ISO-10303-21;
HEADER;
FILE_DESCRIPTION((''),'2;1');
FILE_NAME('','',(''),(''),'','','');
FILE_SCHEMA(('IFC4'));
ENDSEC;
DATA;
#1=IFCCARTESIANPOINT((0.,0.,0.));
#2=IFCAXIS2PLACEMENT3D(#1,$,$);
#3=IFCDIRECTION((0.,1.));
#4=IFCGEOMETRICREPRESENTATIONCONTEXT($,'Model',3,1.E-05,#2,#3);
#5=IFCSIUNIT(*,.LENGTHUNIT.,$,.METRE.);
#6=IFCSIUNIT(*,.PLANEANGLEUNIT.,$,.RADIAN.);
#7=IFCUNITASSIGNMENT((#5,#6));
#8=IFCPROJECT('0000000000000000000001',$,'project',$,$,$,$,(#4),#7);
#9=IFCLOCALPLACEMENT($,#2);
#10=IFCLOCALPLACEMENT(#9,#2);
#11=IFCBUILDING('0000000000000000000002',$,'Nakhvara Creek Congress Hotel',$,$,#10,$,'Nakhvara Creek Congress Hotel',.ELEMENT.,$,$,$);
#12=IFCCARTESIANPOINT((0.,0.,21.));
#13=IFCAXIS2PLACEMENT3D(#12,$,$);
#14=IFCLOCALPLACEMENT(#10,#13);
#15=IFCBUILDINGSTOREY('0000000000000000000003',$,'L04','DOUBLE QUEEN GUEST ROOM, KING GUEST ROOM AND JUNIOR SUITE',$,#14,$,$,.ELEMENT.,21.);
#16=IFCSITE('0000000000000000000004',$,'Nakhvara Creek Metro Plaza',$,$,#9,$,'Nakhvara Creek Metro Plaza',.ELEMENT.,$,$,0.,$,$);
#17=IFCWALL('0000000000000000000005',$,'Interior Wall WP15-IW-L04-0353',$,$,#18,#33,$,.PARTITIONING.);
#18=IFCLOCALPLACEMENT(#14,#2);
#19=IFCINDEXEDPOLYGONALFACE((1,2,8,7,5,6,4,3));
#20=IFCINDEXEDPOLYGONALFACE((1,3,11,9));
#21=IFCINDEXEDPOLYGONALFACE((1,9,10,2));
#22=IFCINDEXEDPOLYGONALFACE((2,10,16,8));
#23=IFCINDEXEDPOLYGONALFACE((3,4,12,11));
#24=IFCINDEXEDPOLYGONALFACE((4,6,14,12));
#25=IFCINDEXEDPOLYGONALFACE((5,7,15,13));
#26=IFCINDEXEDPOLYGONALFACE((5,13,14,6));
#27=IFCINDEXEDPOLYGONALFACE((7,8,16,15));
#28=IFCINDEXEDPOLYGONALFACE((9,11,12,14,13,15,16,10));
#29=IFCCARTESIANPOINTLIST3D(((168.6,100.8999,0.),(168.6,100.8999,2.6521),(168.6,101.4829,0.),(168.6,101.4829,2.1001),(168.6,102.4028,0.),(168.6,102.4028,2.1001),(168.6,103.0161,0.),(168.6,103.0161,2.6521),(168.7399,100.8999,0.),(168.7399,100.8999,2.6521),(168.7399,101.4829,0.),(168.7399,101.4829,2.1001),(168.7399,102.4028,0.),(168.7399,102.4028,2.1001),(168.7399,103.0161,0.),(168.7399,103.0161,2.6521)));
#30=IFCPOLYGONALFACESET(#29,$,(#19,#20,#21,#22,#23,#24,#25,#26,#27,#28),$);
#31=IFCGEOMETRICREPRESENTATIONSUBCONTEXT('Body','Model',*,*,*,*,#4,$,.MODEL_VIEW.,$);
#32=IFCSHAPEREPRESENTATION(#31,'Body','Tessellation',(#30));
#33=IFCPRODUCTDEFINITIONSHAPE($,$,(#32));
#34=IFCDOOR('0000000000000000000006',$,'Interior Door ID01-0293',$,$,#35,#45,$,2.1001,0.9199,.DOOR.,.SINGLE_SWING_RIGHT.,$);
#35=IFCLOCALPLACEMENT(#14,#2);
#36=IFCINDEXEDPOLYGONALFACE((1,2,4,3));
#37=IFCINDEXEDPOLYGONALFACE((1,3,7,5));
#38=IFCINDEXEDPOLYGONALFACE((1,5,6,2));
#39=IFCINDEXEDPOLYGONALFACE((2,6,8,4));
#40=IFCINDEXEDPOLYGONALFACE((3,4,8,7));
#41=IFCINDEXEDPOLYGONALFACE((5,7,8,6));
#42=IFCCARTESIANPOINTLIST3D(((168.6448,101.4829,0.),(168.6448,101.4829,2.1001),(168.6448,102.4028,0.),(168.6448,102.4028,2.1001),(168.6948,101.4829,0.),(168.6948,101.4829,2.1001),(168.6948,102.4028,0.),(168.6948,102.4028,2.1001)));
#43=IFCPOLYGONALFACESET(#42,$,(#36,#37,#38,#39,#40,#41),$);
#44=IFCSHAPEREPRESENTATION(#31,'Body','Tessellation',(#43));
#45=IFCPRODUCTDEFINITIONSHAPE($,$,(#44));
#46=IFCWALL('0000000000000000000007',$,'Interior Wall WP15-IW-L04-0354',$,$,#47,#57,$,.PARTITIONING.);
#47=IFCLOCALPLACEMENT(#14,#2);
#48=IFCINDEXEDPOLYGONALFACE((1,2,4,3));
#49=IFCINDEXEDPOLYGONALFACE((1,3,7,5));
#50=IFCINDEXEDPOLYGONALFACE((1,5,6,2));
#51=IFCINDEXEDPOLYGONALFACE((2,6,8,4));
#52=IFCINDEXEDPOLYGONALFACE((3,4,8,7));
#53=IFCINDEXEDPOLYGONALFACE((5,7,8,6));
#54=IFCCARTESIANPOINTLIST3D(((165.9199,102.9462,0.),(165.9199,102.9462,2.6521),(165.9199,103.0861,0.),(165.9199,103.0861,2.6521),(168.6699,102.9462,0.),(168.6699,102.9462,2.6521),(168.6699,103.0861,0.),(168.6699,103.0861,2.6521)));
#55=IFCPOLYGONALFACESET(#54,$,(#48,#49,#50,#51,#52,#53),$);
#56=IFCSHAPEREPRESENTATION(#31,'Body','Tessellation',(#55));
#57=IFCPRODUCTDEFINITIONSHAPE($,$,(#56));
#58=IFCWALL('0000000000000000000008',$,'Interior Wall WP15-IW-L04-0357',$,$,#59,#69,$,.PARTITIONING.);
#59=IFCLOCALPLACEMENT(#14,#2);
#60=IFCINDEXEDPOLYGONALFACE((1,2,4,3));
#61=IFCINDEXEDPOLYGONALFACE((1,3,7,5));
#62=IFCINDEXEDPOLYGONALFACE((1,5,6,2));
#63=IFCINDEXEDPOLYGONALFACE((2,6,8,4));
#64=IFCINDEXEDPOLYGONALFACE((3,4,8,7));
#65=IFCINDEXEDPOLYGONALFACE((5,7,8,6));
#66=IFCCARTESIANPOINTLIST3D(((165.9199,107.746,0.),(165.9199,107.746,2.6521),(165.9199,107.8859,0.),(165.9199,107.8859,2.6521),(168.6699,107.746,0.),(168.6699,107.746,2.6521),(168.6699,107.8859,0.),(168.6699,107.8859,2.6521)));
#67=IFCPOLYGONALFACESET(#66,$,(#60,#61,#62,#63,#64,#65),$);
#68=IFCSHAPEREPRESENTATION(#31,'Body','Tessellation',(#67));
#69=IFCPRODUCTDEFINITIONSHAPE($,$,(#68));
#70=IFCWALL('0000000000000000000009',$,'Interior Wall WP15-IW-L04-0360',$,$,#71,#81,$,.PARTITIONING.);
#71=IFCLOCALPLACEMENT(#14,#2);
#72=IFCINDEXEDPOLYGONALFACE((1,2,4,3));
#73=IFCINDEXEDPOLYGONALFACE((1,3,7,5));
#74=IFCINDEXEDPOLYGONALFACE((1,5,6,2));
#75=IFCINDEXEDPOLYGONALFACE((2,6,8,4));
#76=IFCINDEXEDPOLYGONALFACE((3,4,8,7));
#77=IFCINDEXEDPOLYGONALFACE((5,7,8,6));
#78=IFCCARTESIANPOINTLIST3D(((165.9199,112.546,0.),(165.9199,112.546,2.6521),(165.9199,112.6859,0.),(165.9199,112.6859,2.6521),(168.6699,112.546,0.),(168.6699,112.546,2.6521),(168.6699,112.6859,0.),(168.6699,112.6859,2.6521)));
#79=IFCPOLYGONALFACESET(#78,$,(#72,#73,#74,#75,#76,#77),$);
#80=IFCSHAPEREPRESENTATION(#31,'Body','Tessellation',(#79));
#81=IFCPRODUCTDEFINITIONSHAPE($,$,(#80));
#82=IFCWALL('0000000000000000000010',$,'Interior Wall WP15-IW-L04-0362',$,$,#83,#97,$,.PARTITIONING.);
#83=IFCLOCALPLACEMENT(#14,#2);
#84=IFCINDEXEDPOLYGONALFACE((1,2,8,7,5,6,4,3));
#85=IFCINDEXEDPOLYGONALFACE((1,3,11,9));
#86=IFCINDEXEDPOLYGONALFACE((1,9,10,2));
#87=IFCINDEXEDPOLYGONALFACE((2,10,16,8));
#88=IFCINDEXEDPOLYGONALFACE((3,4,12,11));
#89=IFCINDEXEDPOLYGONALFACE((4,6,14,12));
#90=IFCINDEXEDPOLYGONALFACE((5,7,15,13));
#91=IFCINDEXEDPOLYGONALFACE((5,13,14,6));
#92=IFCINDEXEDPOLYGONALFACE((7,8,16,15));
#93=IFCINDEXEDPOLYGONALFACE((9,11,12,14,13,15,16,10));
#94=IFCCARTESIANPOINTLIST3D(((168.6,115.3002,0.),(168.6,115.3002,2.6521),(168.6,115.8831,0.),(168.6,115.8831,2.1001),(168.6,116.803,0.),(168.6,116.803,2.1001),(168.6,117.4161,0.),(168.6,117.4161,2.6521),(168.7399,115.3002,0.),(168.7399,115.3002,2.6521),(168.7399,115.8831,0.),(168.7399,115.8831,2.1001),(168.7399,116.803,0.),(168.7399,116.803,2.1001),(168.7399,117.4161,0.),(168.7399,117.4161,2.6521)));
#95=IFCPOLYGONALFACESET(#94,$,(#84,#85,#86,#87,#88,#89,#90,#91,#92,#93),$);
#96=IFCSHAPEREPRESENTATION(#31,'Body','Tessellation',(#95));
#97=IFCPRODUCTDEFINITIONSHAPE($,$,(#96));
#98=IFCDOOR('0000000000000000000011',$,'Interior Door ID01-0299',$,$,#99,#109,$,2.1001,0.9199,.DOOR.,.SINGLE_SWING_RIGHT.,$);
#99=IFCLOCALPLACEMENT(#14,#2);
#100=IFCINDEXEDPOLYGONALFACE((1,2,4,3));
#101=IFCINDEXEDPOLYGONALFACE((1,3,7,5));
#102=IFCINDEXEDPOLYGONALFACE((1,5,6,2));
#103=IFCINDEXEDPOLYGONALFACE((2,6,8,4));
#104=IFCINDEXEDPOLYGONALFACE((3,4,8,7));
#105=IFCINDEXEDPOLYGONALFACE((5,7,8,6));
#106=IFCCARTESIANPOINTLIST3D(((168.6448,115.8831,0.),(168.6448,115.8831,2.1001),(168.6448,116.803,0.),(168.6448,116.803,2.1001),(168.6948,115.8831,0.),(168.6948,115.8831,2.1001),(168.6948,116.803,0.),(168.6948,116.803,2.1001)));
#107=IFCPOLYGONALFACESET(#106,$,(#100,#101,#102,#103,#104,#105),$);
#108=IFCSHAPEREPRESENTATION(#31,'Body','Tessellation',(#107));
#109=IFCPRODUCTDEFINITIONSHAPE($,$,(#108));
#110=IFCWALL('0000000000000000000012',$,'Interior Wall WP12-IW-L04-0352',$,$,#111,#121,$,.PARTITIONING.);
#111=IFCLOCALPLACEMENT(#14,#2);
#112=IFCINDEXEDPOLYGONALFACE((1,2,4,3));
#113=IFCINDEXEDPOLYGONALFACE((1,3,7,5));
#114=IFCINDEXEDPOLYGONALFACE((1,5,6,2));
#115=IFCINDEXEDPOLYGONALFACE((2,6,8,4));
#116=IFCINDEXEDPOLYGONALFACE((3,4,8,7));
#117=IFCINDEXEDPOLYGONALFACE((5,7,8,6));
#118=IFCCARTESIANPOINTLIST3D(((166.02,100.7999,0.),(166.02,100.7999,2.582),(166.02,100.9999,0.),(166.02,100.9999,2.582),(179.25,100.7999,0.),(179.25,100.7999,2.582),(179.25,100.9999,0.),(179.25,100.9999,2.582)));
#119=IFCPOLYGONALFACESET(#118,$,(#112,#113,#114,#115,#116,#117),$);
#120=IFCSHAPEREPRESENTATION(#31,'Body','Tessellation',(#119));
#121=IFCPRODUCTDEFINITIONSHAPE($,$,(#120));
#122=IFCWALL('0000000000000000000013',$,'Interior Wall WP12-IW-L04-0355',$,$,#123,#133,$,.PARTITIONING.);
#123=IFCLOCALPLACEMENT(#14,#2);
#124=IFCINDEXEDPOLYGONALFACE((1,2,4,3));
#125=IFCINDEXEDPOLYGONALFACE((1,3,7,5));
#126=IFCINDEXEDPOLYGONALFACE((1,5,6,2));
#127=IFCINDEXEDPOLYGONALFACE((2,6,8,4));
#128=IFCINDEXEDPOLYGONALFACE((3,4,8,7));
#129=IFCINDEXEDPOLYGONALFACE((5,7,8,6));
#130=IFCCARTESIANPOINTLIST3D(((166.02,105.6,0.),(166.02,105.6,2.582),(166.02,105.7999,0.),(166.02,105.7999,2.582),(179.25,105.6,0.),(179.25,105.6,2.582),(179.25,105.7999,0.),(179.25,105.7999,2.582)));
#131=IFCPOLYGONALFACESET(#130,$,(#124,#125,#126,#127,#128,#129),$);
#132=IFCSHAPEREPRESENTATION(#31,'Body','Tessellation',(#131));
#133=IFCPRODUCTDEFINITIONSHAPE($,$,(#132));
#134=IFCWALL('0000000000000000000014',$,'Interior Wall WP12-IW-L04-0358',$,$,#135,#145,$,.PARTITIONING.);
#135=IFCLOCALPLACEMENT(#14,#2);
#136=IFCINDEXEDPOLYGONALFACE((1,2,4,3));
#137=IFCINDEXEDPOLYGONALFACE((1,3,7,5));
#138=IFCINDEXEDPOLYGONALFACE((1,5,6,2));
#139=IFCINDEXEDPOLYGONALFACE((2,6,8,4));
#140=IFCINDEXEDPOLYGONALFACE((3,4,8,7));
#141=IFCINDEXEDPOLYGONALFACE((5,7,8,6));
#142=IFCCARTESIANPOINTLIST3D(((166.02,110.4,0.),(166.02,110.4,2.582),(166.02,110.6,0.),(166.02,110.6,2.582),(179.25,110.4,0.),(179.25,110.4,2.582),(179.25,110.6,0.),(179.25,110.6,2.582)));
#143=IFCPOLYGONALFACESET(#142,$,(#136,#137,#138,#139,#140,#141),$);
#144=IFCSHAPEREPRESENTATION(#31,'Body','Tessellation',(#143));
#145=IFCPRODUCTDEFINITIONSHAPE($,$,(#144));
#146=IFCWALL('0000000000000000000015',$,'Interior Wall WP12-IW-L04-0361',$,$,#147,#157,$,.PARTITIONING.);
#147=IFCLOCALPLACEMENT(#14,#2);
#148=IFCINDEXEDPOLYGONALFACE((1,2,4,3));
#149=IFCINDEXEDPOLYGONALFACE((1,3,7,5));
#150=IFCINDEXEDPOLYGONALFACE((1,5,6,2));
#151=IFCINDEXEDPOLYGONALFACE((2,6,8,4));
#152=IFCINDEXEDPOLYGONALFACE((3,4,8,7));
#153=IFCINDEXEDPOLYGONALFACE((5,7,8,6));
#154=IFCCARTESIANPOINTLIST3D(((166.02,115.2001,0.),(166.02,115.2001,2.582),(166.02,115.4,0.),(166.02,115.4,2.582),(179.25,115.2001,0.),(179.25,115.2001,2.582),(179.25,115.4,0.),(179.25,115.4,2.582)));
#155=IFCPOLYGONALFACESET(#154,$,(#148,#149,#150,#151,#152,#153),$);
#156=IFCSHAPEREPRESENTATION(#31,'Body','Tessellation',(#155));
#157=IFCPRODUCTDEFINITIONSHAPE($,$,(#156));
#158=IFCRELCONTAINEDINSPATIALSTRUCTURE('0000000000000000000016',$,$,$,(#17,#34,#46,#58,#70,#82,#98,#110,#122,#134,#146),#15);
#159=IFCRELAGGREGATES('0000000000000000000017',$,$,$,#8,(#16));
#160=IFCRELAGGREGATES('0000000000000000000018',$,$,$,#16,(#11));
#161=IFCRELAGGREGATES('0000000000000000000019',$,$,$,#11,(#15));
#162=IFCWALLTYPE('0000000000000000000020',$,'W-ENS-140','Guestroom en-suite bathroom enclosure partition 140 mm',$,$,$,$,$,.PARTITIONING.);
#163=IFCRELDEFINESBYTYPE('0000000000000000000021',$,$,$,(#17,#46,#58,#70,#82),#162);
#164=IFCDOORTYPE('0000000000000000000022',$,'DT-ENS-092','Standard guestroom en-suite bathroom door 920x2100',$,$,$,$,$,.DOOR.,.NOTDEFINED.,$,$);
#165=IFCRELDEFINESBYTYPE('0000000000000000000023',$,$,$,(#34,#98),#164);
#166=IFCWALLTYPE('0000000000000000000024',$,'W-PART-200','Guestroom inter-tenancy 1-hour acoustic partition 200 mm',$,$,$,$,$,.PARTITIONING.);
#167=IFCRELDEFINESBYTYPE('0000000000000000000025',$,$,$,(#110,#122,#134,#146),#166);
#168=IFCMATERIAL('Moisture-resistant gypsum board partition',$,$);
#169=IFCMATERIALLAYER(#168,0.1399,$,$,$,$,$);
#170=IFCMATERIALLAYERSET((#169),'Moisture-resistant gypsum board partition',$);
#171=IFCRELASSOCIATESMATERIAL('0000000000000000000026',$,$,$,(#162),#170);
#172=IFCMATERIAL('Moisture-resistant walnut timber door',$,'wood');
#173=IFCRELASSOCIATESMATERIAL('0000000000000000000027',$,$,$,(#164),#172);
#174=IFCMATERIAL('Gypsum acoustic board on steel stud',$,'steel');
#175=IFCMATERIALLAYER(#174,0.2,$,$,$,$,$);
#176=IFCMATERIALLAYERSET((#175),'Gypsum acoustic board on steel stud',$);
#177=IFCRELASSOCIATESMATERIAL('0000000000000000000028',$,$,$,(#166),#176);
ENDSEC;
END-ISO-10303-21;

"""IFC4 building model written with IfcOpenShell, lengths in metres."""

from ifc_helpers import new_model, si_unit, direction, frame, frame_2d, origin, place, context, subcontext, project, spatial, rectangle, extrude, material, layer, layer_set, type_object, element, fill, save


model = new_model("IFC4")

# Units and contexts
model_context = context("Model", 3, precision=1e-05, world=origin(), true_north=direction((0.0, 1.0)))
body_context = subcontext(model_context, "Body", "Model", "MODEL_VIEW")
ifc_project = project(units=[si_unit("LENGTHUNIT", "METRE"), si_unit("PLANEANGLEUNIT", "RADIAN")], contexts=[model_context])

# Site, building, storey
site_placement = place(None, origin())
site = spatial("IfcSite", under=ifc_project, at=site_placement, Name="Nakhvara Creek Metro Plaza", LongName="Nakhvara Creek Metro Plaza", CompositionType="ELEMENT", RefElevation=0.0)
building_placement = place(site_placement, origin())
building = spatial("IfcBuilding", under=site, at=building_placement, Name="Nakhvara Creek Congress Hotel", LongName="Nakhvara Creek Congress Hotel", CompositionType="ELEMENT")
storey_placement = place(building_placement, frame((0.0, 0.0, 21.0)))
storey = spatial("IfcBuildingStorey", under=building, at=storey_placement, Name="L04", Description="DOUBLE QUEEN GUEST ROOM, KING GUEST ROOM AND JUNIOR SUITE", CompositionType="ELEMENT", Elevation=21.0)

# Wall, opening, door
ifc_material_1 = material(Name="Moisture-resistant gypsum board partition")
ifc_layer_1 = layer(ifc_material_1, 0.1399)
ifc_layer_set_1 = layer_set([ifc_layer_1], Name="Moisture-resistant gypsum board partition")
wall_type_1 = type_object("IfcWallType", Name="W-ENS-140", Description="Guestroom en-suite bathroom enclosure partition 140 mm", PredefinedType="PARTITIONING", material=ifc_layer_set_1)
wall_1_placement = place(storey_placement, frame((168.6699, 100.8999, 0.0), z_axis=(0.0, 0.0, 1.0), x_axis=(0.0, 1.0, 0.0)))
wall_1 = element("IfcWall", 1, at=wall_1_placement, inside=storey, type_object=wall_type_1, Name="Interior Wall WP15-IW-L04-0353", PredefinedType="PARTITIONING", context=body_context, shape_type="SweptSolid", body=[
    extrude(rectangle(XDim=2.1162, YDim=0.1399, at=frame_2d((1.0581, 0.0))), origin(), (0.0, 0.0, 1.0), 2.6521),
])
opening_1_placement = place(wall_1_placement, frame((0.583, 0.0, 0.0)))
opening_1 = element("IfcOpeningElement", 2, at=opening_1_placement, cuts=wall_1, PredefinedType="OPENING", context=body_context, shape_type="SweptSolid", body=[
    extrude(rectangle(XDim=0.9199, YDim=2.1001, at=frame_2d((0.46, 1.05))), frame((0.0, 0.082, 0.0), z_axis=(0.0, -1.0, 0.0), x_axis=(1.0, 0.0, 0.0)), (0.0, 0.0, 1.0), 0.1638),
])
ifc_material_2 = material(Name="Moisture-resistant walnut timber door", Category="wood")
door_type_1 = type_object("IfcDoorType", Name="DT-ENS-092", Description="Standard guestroom en-suite bathroom door 920x2100", OperationType="NOTDEFINED", PredefinedType="DOOR", material=ifc_material_2)
door_1_placement = place(opening_1_placement, frame((0.9199, 0.0, 0.0), z_axis=(0.0, 0.0, 1.0), x_axis=(-1.0, 0.0, 0.0)))
door_1 = element("IfcDoor", 3, at=door_1_placement, inside=storey, type_object=door_type_1, Name="Interior Door ID01-0293", OperationType="SINGLE_SWING_RIGHT", OverallHeight=2.1001, OverallWidth=0.9199, PredefinedType="DOOR", context=body_context, shape_type="SweptSolid", body=[
    extrude(rectangle(XDim=0.9199, YDim=2.1001, at=frame_2d((0.46, 1.05))), frame((0.0, 0.0249, 0.0), z_axis=(0.0, -1.0, 0.0), x_axis=(1.0, 0.0, 0.0)), (0.0, 0.0, 1.0), 0.05),
])
fill(opening_1, door_1)

# Wall
wall_2_placement = place(storey_placement, frame((165.9199, 103.0161, 0.0), z_axis=(0.0, 0.0, 1.0), x_axis=(1.0, 0.0, 0.0)))
element("IfcWall", 4, at=wall_2_placement, inside=storey, type_object=wall_type_1, Name="Interior Wall WP15-IW-L04-0354", PredefinedType="PARTITIONING", context=body_context, shape_type="SweptSolid", body=[
    extrude(rectangle(XDim=2.75, YDim=0.1399, at=frame_2d((1.375, 0.0))), origin(), (0.0, 0.0, 1.0), 2.6521),
])

# Wall
wall_3_placement = place(storey_placement, frame((165.9199, 107.8159, 0.0), z_axis=(0.0, 0.0, 1.0), x_axis=(1.0, 0.0, 0.0)))
element("IfcWall", 5, at=wall_3_placement, inside=storey, type_object=wall_type_1, Name="Interior Wall WP15-IW-L04-0357", PredefinedType="PARTITIONING", context=body_context, shape_type="SweptSolid", body=[
    extrude(rectangle(XDim=2.75, YDim=0.1399, at=frame_2d((1.375, 0.0))), origin(), (0.0, 0.0, 1.0), 2.6521),
])

# Wall
wall_4_placement = place(storey_placement, frame((165.9199, 112.616, 0.0), z_axis=(0.0, 0.0, 1.0), x_axis=(1.0, 0.0, 0.0)))
element("IfcWall", 6, at=wall_4_placement, inside=storey, type_object=wall_type_1, Name="Interior Wall WP15-IW-L04-0360", PredefinedType="PARTITIONING", context=body_context, shape_type="SweptSolid", body=[
    extrude(rectangle(XDim=2.75, YDim=0.1399, at=frame_2d((1.375, 0.0))), origin(), (0.0, 0.0, 1.0), 2.6521),
])

# Wall, opening, door
wall_5_placement = place(storey_placement, frame((168.6699, 115.3, 0.0), z_axis=(0.0, 0.0, 1.0), x_axis=(0.0, 1.0, 0.0)))
wall_5 = element("IfcWall", 7, at=wall_5_placement, inside=storey, type_object=wall_type_1, Name="Interior Wall WP15-IW-L04-0362", PredefinedType="PARTITIONING", context=body_context, shape_type="SweptSolid", body=[
    extrude(rectangle(XDim=2.116, YDim=0.1399, at=frame_2d((1.0581, 0.0))), origin(), (0.0, 0.0, 1.0), 2.6521),
])
opening_2_placement = place(wall_5_placement, frame((0.583, 0.0, 0.0)))
opening_2 = element("IfcOpeningElement", 8, at=opening_2_placement, cuts=wall_5, PredefinedType="OPENING", context=body_context, shape_type="SweptSolid", body=[
    extrude(rectangle(XDim=0.9199, YDim=2.1001, at=frame_2d((0.46, 1.05))), frame((0.0, 0.082, 0.0), z_axis=(0.0, -1.0, 0.0), x_axis=(1.0, 0.0, 0.0)), (0.0, 0.0, 1.0), 0.1638),
])
door_2_placement = place(opening_2_placement, frame((0.9199, 0.0, 0.0), z_axis=(0.0, 0.0, 1.0), x_axis=(-1.0, 0.0, 0.0)))
door_2 = element("IfcDoor", 9, at=door_2_placement, inside=storey, type_object=door_type_1, Name="Interior Door ID01-0299", OperationType="SINGLE_SWING_RIGHT", OverallHeight=2.1001, OverallWidth=0.9199, PredefinedType="DOOR", context=body_context, shape_type="SweptSolid", body=[
    extrude(rectangle(XDim=0.9199, YDim=2.1001, at=frame_2d((0.46, 1.05))), frame((0.0, 0.0249, 0.0), z_axis=(0.0, -1.0, 0.0), x_axis=(1.0, 0.0, 0.0)), (0.0, 0.0, 1.0), 0.05),
])
fill(opening_2, door_2)

# Walls
ifc_material_3 = material(Name="Gypsum acoustic board on steel stud", Category="steel")
ifc_layer_2 = layer(ifc_material_3, 0.2)
ifc_layer_set_2 = layer_set([ifc_layer_2], Name="Gypsum acoustic board on steel stud")
wall_type_2 = type_object("IfcWallType", Name="W-PART-200", Description="Guestroom inter-tenancy 1-hour acoustic partition 200 mm", PredefinedType="PARTITIONING", material=ifc_layer_set_2)
for number, where, z_axis, x_axis, name in (
    (10, (166.02, 100.8999, 0.0), (0.0, 0.0, 1.0), (1.0, 0.0, 0.0), "Interior Wall WP12-IW-L04-0352"),
    (11, (166.02, 105.7, 0.0), (0.0, 0.0, 1.0), (1.0, 0.0, 0.0), "Interior Wall WP12-IW-L04-0355"),
    (12, (166.02, 110.5, 0.0), (0.0, 0.0, 1.0), (1.0, 0.0, 0.0), "Interior Wall WP12-IW-L04-0358"),
    (13, (166.02, 115.3, 0.0), (0.0, 0.0, 1.0), (1.0, 0.0, 0.0), "Interior Wall WP12-IW-L04-0361"),
):
    element("IfcWall", number, at=place(storey_placement, frame(where, z_axis=z_axis, x_axis=x_axis)), inside=storey, type_object=wall_type_2, Name=name, PredefinedType="PARTITIONING", context=body_context, shape_type="SweptSolid", body=[
        extrude(rectangle(XDim=13.23, YDim=0.2, at=frame_2d((6.615, 0.0))), origin(), (0.0, 0.0, 1.0), 2.582),
    ])

save(model, "model.ifc")
